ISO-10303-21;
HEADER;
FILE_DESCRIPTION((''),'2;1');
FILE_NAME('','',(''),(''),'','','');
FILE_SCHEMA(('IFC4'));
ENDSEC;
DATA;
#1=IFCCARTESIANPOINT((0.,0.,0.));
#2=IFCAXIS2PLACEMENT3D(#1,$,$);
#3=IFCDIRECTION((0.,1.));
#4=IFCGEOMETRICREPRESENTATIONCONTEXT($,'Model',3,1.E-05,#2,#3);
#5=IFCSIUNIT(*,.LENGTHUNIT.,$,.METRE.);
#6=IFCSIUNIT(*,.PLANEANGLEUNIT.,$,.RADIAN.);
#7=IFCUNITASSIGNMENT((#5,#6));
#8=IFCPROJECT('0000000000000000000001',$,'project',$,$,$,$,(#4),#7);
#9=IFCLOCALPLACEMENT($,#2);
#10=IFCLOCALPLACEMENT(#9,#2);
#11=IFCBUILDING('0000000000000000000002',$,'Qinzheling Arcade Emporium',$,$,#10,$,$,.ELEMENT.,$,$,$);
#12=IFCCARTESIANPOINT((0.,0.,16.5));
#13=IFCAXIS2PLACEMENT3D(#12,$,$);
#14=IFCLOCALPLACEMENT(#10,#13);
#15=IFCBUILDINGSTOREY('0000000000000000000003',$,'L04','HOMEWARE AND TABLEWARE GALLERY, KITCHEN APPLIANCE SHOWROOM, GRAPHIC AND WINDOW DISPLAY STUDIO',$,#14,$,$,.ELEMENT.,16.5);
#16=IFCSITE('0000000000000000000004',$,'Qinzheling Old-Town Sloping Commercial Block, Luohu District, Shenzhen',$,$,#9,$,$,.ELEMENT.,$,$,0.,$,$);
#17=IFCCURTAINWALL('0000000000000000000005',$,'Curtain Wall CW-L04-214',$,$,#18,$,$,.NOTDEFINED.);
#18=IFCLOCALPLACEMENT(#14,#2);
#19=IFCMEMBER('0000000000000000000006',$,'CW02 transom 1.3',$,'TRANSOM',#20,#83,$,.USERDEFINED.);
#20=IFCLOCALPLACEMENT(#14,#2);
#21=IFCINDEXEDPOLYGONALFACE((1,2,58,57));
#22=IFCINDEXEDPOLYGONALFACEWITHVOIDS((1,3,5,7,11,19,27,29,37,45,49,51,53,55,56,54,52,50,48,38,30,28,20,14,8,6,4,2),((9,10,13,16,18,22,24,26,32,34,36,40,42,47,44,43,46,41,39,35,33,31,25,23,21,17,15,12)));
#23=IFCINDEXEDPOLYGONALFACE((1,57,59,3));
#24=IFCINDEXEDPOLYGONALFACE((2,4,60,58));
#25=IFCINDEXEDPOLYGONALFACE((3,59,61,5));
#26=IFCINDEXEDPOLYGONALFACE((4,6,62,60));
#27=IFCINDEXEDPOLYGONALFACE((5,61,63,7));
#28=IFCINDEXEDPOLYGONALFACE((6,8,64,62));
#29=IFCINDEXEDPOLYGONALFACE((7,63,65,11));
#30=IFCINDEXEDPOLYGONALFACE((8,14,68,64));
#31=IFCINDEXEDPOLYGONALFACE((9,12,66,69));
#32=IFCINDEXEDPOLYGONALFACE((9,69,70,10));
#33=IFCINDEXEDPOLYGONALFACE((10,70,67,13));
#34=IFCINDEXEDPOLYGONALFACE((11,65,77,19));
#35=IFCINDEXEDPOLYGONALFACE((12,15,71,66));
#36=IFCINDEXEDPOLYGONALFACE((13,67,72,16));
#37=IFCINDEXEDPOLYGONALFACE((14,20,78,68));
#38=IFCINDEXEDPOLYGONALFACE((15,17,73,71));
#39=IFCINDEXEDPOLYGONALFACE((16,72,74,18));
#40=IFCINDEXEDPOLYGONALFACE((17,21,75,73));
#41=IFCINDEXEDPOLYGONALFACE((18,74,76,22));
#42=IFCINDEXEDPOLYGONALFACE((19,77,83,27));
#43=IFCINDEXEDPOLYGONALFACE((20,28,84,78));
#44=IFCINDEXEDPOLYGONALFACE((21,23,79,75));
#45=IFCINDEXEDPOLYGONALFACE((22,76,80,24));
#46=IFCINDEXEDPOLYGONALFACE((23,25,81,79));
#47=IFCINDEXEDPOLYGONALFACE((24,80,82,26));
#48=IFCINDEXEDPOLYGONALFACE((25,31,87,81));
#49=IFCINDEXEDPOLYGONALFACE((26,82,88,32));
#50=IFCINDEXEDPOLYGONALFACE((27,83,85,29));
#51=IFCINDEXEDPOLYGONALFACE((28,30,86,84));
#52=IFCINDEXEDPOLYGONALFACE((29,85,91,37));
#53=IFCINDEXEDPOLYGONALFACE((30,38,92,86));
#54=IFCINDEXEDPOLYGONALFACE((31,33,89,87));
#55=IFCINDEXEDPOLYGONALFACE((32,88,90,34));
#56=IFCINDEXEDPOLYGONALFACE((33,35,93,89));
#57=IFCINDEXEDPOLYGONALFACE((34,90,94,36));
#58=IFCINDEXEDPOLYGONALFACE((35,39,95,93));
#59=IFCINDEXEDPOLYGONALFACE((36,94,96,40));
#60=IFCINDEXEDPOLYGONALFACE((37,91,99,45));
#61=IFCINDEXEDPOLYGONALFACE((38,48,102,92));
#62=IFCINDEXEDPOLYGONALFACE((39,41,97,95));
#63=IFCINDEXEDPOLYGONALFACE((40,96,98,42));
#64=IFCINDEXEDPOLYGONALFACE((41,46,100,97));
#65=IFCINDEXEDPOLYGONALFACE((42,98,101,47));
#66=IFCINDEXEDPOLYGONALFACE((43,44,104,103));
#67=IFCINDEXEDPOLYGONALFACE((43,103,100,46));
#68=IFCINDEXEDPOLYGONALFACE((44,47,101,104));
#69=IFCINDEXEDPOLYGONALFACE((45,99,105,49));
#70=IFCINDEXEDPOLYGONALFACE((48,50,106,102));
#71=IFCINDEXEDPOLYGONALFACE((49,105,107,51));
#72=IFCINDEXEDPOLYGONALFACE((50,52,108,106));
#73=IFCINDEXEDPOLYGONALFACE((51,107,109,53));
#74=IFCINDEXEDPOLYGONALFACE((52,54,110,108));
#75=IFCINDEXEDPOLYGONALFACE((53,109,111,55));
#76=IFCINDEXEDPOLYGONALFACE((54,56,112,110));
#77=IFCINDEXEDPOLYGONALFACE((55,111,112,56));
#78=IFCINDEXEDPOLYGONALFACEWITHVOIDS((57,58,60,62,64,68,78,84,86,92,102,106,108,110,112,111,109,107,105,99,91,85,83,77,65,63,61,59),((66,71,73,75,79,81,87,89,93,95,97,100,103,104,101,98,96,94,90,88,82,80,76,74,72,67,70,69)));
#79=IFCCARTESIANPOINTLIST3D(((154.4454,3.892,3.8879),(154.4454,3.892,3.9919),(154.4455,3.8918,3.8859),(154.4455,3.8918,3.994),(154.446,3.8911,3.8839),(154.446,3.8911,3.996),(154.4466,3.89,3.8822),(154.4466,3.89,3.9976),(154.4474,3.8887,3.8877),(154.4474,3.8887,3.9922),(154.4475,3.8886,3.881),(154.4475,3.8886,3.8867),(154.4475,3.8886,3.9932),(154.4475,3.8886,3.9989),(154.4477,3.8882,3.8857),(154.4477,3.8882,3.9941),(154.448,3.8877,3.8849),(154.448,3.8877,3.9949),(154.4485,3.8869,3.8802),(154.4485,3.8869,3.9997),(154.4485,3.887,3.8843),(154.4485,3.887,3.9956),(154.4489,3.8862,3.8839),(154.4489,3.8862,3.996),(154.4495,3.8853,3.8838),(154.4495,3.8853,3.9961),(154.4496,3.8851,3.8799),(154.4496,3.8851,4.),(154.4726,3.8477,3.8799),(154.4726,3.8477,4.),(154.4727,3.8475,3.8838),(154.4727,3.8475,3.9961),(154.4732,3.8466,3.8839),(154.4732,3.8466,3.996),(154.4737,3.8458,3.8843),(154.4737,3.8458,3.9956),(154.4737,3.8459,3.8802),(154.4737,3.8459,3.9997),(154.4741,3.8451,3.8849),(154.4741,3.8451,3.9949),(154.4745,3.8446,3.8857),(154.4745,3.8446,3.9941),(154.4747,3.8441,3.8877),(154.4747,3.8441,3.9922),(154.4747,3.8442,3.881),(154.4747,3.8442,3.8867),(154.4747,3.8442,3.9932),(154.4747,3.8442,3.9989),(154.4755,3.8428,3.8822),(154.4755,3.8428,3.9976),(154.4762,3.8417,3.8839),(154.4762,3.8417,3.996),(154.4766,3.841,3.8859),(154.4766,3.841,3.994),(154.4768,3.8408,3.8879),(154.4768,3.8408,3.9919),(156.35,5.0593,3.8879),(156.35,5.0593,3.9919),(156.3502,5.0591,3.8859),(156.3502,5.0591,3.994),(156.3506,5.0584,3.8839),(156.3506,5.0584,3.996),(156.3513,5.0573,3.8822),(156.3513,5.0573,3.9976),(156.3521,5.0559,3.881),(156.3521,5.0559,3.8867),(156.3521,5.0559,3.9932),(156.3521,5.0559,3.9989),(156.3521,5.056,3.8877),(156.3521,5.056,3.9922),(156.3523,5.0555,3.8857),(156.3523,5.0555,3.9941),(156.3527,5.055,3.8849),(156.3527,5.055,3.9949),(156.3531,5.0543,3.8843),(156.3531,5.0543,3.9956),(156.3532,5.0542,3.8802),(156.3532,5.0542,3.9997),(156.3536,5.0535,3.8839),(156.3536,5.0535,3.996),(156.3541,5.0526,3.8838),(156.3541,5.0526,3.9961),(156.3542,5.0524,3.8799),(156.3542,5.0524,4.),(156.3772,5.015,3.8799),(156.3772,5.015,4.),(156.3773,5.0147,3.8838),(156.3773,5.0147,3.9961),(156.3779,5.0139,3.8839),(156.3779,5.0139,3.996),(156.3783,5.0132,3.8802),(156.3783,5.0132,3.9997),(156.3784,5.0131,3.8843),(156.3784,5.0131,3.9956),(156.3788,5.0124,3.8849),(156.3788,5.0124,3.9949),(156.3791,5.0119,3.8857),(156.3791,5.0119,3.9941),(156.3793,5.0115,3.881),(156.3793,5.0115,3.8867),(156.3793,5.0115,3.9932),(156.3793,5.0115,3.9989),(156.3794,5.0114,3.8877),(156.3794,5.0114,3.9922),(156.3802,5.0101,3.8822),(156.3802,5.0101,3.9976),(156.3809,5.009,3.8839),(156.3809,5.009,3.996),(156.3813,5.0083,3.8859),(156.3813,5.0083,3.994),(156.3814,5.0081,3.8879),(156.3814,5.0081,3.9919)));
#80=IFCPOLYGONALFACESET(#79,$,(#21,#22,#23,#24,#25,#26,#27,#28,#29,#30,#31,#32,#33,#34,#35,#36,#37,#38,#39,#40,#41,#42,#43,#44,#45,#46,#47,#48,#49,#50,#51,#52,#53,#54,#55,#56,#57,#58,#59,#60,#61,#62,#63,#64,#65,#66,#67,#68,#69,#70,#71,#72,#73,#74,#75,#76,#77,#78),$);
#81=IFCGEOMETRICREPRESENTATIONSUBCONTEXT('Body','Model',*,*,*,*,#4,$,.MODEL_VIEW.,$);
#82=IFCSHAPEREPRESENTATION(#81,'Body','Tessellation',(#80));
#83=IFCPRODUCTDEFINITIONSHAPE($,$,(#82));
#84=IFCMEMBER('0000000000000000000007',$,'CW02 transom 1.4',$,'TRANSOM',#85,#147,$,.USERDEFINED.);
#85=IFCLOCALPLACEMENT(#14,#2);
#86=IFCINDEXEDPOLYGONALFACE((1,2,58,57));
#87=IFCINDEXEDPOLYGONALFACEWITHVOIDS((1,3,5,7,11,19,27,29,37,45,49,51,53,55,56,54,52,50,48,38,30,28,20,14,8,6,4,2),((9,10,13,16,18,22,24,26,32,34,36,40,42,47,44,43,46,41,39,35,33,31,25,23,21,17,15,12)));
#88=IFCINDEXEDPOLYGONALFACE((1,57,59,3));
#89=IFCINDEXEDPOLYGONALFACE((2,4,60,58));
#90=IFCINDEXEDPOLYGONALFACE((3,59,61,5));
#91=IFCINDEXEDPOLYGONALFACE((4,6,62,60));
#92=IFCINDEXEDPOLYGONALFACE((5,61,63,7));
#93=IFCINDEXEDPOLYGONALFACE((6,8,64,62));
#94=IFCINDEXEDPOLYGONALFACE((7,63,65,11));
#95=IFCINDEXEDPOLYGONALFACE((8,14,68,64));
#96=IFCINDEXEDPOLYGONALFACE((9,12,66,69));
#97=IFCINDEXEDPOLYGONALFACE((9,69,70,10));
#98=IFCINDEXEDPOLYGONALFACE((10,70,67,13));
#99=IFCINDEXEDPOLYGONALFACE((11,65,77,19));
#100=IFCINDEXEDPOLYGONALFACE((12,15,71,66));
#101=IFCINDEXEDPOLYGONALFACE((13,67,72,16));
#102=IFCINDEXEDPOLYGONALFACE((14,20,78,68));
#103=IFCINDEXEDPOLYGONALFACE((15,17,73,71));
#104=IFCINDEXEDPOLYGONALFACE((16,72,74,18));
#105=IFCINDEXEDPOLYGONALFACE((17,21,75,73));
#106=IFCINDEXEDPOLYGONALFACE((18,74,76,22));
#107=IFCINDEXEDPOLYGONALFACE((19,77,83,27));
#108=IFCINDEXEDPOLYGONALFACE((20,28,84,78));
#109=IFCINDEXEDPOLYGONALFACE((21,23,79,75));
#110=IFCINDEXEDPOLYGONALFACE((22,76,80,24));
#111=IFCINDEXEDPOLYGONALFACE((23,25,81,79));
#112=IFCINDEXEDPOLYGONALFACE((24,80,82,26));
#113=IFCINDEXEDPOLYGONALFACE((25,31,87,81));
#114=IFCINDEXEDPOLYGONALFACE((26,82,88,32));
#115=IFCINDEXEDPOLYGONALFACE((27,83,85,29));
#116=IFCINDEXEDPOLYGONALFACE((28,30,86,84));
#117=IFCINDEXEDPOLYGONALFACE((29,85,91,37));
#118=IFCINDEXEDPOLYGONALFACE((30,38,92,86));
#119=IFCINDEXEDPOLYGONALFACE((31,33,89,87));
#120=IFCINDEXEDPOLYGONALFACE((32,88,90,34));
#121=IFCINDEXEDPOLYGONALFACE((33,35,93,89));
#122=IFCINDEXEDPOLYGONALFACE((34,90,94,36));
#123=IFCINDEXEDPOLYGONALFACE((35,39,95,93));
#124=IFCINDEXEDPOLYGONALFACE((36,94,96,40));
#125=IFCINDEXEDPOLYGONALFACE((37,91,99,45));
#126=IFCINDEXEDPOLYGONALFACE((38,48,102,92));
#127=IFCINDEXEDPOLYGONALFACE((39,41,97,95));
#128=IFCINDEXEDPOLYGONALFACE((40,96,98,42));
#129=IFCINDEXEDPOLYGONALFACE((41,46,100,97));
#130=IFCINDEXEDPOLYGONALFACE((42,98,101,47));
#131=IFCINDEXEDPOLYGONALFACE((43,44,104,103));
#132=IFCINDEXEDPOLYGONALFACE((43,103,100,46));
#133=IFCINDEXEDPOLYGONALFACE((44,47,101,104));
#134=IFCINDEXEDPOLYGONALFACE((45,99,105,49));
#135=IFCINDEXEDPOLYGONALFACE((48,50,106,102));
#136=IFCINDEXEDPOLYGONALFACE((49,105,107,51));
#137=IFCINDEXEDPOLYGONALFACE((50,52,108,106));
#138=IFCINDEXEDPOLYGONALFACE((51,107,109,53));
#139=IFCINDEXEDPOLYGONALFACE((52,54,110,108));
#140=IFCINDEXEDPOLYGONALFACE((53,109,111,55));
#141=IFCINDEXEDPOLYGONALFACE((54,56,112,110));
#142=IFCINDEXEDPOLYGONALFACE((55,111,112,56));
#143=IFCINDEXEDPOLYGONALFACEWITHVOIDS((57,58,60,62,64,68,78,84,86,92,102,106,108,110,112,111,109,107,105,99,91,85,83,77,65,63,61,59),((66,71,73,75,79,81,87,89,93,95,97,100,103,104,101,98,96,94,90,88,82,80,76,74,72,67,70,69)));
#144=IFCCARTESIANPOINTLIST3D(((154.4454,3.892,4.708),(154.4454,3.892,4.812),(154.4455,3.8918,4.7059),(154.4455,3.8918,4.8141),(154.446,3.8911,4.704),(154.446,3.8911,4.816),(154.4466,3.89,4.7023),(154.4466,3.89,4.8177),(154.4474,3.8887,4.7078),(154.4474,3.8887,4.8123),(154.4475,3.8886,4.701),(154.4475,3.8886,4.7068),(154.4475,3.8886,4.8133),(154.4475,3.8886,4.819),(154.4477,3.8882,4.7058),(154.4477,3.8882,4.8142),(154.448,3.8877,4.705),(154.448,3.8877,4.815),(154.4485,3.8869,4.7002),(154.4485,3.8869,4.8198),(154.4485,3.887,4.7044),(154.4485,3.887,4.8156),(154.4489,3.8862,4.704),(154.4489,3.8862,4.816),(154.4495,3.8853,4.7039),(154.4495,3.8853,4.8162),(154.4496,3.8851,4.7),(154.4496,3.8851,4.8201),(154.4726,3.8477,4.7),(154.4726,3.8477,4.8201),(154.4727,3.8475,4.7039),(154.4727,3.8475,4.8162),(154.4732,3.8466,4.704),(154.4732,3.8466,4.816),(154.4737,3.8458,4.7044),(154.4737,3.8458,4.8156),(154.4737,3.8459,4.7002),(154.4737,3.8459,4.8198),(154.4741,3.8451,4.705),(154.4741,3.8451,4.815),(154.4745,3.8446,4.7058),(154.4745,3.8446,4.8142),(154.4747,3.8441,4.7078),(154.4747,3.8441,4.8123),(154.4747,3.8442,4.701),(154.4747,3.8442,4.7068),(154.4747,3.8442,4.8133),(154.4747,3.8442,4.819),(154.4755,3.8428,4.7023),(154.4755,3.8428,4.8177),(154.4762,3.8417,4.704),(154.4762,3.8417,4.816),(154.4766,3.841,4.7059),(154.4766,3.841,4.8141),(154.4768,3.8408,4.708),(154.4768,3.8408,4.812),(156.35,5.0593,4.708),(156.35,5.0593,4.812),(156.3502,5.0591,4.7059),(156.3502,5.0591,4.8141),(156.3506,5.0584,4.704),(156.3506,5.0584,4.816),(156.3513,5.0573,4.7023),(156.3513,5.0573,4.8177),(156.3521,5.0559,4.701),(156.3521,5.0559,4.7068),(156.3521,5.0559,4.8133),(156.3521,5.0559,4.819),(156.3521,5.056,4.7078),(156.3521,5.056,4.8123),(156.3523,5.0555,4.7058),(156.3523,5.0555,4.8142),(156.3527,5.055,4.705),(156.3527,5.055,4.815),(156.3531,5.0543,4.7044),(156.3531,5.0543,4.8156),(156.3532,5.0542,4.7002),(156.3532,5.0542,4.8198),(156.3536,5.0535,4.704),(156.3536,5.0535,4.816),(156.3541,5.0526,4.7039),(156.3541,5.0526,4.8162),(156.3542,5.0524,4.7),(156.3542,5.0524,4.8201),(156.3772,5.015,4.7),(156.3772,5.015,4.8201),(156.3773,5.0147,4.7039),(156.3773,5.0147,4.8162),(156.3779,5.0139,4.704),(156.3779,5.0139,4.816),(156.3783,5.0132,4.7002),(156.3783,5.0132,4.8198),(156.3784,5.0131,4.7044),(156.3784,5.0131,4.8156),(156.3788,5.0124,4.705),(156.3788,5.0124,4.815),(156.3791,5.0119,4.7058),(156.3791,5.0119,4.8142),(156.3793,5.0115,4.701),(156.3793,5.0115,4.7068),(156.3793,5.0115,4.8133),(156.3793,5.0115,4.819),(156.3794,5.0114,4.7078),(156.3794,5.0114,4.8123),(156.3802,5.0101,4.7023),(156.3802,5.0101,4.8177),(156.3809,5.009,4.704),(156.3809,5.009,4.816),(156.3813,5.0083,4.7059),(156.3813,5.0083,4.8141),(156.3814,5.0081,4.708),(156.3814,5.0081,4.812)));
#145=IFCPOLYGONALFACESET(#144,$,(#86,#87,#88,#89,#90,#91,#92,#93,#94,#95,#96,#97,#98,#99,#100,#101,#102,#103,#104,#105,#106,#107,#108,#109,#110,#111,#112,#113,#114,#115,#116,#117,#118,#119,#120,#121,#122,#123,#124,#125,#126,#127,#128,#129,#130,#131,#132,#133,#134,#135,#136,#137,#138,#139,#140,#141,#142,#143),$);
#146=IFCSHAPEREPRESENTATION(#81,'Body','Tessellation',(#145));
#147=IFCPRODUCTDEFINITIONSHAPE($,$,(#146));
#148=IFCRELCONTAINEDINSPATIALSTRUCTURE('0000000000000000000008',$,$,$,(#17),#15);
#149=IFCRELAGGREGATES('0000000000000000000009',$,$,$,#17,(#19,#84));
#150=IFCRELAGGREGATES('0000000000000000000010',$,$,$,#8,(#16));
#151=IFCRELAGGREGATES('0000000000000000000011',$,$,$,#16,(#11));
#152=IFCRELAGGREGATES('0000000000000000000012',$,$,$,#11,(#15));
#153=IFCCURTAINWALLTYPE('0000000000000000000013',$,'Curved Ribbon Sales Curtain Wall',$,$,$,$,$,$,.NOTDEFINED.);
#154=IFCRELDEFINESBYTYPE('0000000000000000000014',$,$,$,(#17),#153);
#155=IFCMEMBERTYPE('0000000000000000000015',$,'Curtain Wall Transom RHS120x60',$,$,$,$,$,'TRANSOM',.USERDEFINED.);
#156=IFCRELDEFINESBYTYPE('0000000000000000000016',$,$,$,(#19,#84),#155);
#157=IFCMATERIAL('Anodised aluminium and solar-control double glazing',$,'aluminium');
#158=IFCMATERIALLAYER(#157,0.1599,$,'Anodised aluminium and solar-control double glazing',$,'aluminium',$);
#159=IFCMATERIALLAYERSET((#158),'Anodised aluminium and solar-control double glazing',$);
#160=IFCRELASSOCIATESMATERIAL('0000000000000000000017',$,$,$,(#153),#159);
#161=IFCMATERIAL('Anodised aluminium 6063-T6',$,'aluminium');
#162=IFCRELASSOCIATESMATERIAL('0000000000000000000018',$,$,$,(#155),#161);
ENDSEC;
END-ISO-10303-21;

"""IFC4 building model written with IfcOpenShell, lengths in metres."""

from ifc_helpers import new_model, si_unit, direction, frame, origin, origin_2d, place, context, subcontext, project, spatial, hollow_rectangle, extrude, material, layer, layer_set, material_profile, profile_set, type_object, element, aggregate, save


model = new_model("IFC4")

# Units and contexts
model_context = context("Model", 3, precision=1e-05, world=origin(), true_north=direction((0.0, 1.0)))
body_context = subcontext(model_context, "Body", "Model", "MODEL_VIEW")
ifc_project = project(units=[si_unit("LENGTHUNIT", "METRE"), si_unit("PLANEANGLEUNIT", "RADIAN")], contexts=[model_context])

# Site, building, storey
site_placement = place(None, origin())
site = spatial("IfcSite", under=ifc_project, at=site_placement, Name="Qinzheling Old-Town Sloping Commercial Block, Luohu District, Shenzhen", CompositionType="ELEMENT", RefElevation=0.0)
building_placement = place(site_placement, origin())
building = spatial("IfcBuilding", under=site, at=building_placement, Name="Qinzheling Arcade Emporium", CompositionType="ELEMENT")
storey_placement = place(building_placement, frame((0.0, 0.0, 16.5)))
storey = spatial("IfcBuildingStorey", under=building, at=storey_placement, Name="L04", Description="HOMEWARE AND TABLEWARE GALLERY, KITCHEN APPLIANCE SHOWROOM, GRAPHIC AND WINDOW DISPLAY STUDIO", CompositionType="ELEMENT", Elevation=16.5)

# Shared definitions
ifc_material_1 = material(Name="Anodised aluminium and solar-control double glazing", Category="aluminium")
ifc_layer_1 = layer(ifc_material_1, 0.1599, Name="Anodised aluminium and solar-control double glazing", Category="aluminium")
ifc_layer_set_1 = layer_set([ifc_layer_1], Name="Anodised aluminium and solar-control double glazing")
curtain_wall_type = type_object("IfcCurtainWallType", Name="Curved Ribbon Sales Curtain Wall", PredefinedType="NOTDEFINED", material=ifc_layer_set_1)
ifc_material_2 = material(Name="Anodised aluminium 6063-T6", Category="aluminium")

# Curtain wall
curtain_wall_1_placement = place(storey_placement, origin())
curtain_wall_1 = element("IfcCurtainWall", 1, at=curtain_wall_1_placement, inside=storey, type_object=curtain_wall_type, Name="Curtain Wall CW-L04-214", PredefinedType="NOTDEFINED")

# Members
ifc_material_profile_1 = material_profile(ifc_material_2, hollow_rectangle(XDim=0.0601, YDim=0.1201, WallThickness=0.0039, InnerFilletRadius=0.0039, OuterFilletRadius=0.0081, at=origin_2d()), Name="RHS 120x60x4", Category="aluminium")
ifc_profile_set_1 = profile_set([ifc_material_profile_1], Name="Anodised aluminium 6063-T6")
member_type_1 = type_object("IfcMemberType", Name="Curtain Wall Transom RHS120x60", ElementType="TRANSOM", PredefinedType="USERDEFINED", material=ifc_profile_set_1)
member_1_placement = place(storey_placement, frame((156.3657, 5.0337, 3.9399), z_axis=(-0.852614, -0.522542, 0.0), x_axis=(0.522542, -0.852614, 0.0)))
member_1 = element("IfcMember", 2, at=member_1_placement, type_object=member_type_1, Name="CW02 transom 1.3", ObjectType="TRANSOM", PredefinedType="USERDEFINED", context=body_context, shape_type="SweptSolid", body=[
    extrude(hollow_rectangle(XDim=0.0601, YDim=0.1201, WallThickness=0.0039, InnerFilletRadius=0.0039, OuterFilletRadius=0.0081, at=origin_2d()), origin(), (0.0, 0.0, 1.0), 2.2339),
])
member_2_placement = place(storey_placement, frame((156.3657, 5.0337, 4.76), z_axis=(-0.852614, -0.522542, 0.0), x_axis=(0.522542, -0.852614, 0.0)))
member_2 = element("IfcMember", 3, at=member_2_placement, type_object=member_type_1, Name="CW02 transom 1.4", ObjectType="TRANSOM", PredefinedType="USERDEFINED", context=body_context, shape_type="SweptSolid", body=[
    extrude(hollow_rectangle(XDim=0.0601, YDim=0.1201, WallThickness=0.0039, InnerFilletRadius=0.0039, OuterFilletRadius=0.0081, at=origin_2d()), origin(), (0.0, 0.0, 1.0), 2.2339),
])

aggregate(curtain_wall_1, [member_1, member_2])

save(model, "model.ifc")
